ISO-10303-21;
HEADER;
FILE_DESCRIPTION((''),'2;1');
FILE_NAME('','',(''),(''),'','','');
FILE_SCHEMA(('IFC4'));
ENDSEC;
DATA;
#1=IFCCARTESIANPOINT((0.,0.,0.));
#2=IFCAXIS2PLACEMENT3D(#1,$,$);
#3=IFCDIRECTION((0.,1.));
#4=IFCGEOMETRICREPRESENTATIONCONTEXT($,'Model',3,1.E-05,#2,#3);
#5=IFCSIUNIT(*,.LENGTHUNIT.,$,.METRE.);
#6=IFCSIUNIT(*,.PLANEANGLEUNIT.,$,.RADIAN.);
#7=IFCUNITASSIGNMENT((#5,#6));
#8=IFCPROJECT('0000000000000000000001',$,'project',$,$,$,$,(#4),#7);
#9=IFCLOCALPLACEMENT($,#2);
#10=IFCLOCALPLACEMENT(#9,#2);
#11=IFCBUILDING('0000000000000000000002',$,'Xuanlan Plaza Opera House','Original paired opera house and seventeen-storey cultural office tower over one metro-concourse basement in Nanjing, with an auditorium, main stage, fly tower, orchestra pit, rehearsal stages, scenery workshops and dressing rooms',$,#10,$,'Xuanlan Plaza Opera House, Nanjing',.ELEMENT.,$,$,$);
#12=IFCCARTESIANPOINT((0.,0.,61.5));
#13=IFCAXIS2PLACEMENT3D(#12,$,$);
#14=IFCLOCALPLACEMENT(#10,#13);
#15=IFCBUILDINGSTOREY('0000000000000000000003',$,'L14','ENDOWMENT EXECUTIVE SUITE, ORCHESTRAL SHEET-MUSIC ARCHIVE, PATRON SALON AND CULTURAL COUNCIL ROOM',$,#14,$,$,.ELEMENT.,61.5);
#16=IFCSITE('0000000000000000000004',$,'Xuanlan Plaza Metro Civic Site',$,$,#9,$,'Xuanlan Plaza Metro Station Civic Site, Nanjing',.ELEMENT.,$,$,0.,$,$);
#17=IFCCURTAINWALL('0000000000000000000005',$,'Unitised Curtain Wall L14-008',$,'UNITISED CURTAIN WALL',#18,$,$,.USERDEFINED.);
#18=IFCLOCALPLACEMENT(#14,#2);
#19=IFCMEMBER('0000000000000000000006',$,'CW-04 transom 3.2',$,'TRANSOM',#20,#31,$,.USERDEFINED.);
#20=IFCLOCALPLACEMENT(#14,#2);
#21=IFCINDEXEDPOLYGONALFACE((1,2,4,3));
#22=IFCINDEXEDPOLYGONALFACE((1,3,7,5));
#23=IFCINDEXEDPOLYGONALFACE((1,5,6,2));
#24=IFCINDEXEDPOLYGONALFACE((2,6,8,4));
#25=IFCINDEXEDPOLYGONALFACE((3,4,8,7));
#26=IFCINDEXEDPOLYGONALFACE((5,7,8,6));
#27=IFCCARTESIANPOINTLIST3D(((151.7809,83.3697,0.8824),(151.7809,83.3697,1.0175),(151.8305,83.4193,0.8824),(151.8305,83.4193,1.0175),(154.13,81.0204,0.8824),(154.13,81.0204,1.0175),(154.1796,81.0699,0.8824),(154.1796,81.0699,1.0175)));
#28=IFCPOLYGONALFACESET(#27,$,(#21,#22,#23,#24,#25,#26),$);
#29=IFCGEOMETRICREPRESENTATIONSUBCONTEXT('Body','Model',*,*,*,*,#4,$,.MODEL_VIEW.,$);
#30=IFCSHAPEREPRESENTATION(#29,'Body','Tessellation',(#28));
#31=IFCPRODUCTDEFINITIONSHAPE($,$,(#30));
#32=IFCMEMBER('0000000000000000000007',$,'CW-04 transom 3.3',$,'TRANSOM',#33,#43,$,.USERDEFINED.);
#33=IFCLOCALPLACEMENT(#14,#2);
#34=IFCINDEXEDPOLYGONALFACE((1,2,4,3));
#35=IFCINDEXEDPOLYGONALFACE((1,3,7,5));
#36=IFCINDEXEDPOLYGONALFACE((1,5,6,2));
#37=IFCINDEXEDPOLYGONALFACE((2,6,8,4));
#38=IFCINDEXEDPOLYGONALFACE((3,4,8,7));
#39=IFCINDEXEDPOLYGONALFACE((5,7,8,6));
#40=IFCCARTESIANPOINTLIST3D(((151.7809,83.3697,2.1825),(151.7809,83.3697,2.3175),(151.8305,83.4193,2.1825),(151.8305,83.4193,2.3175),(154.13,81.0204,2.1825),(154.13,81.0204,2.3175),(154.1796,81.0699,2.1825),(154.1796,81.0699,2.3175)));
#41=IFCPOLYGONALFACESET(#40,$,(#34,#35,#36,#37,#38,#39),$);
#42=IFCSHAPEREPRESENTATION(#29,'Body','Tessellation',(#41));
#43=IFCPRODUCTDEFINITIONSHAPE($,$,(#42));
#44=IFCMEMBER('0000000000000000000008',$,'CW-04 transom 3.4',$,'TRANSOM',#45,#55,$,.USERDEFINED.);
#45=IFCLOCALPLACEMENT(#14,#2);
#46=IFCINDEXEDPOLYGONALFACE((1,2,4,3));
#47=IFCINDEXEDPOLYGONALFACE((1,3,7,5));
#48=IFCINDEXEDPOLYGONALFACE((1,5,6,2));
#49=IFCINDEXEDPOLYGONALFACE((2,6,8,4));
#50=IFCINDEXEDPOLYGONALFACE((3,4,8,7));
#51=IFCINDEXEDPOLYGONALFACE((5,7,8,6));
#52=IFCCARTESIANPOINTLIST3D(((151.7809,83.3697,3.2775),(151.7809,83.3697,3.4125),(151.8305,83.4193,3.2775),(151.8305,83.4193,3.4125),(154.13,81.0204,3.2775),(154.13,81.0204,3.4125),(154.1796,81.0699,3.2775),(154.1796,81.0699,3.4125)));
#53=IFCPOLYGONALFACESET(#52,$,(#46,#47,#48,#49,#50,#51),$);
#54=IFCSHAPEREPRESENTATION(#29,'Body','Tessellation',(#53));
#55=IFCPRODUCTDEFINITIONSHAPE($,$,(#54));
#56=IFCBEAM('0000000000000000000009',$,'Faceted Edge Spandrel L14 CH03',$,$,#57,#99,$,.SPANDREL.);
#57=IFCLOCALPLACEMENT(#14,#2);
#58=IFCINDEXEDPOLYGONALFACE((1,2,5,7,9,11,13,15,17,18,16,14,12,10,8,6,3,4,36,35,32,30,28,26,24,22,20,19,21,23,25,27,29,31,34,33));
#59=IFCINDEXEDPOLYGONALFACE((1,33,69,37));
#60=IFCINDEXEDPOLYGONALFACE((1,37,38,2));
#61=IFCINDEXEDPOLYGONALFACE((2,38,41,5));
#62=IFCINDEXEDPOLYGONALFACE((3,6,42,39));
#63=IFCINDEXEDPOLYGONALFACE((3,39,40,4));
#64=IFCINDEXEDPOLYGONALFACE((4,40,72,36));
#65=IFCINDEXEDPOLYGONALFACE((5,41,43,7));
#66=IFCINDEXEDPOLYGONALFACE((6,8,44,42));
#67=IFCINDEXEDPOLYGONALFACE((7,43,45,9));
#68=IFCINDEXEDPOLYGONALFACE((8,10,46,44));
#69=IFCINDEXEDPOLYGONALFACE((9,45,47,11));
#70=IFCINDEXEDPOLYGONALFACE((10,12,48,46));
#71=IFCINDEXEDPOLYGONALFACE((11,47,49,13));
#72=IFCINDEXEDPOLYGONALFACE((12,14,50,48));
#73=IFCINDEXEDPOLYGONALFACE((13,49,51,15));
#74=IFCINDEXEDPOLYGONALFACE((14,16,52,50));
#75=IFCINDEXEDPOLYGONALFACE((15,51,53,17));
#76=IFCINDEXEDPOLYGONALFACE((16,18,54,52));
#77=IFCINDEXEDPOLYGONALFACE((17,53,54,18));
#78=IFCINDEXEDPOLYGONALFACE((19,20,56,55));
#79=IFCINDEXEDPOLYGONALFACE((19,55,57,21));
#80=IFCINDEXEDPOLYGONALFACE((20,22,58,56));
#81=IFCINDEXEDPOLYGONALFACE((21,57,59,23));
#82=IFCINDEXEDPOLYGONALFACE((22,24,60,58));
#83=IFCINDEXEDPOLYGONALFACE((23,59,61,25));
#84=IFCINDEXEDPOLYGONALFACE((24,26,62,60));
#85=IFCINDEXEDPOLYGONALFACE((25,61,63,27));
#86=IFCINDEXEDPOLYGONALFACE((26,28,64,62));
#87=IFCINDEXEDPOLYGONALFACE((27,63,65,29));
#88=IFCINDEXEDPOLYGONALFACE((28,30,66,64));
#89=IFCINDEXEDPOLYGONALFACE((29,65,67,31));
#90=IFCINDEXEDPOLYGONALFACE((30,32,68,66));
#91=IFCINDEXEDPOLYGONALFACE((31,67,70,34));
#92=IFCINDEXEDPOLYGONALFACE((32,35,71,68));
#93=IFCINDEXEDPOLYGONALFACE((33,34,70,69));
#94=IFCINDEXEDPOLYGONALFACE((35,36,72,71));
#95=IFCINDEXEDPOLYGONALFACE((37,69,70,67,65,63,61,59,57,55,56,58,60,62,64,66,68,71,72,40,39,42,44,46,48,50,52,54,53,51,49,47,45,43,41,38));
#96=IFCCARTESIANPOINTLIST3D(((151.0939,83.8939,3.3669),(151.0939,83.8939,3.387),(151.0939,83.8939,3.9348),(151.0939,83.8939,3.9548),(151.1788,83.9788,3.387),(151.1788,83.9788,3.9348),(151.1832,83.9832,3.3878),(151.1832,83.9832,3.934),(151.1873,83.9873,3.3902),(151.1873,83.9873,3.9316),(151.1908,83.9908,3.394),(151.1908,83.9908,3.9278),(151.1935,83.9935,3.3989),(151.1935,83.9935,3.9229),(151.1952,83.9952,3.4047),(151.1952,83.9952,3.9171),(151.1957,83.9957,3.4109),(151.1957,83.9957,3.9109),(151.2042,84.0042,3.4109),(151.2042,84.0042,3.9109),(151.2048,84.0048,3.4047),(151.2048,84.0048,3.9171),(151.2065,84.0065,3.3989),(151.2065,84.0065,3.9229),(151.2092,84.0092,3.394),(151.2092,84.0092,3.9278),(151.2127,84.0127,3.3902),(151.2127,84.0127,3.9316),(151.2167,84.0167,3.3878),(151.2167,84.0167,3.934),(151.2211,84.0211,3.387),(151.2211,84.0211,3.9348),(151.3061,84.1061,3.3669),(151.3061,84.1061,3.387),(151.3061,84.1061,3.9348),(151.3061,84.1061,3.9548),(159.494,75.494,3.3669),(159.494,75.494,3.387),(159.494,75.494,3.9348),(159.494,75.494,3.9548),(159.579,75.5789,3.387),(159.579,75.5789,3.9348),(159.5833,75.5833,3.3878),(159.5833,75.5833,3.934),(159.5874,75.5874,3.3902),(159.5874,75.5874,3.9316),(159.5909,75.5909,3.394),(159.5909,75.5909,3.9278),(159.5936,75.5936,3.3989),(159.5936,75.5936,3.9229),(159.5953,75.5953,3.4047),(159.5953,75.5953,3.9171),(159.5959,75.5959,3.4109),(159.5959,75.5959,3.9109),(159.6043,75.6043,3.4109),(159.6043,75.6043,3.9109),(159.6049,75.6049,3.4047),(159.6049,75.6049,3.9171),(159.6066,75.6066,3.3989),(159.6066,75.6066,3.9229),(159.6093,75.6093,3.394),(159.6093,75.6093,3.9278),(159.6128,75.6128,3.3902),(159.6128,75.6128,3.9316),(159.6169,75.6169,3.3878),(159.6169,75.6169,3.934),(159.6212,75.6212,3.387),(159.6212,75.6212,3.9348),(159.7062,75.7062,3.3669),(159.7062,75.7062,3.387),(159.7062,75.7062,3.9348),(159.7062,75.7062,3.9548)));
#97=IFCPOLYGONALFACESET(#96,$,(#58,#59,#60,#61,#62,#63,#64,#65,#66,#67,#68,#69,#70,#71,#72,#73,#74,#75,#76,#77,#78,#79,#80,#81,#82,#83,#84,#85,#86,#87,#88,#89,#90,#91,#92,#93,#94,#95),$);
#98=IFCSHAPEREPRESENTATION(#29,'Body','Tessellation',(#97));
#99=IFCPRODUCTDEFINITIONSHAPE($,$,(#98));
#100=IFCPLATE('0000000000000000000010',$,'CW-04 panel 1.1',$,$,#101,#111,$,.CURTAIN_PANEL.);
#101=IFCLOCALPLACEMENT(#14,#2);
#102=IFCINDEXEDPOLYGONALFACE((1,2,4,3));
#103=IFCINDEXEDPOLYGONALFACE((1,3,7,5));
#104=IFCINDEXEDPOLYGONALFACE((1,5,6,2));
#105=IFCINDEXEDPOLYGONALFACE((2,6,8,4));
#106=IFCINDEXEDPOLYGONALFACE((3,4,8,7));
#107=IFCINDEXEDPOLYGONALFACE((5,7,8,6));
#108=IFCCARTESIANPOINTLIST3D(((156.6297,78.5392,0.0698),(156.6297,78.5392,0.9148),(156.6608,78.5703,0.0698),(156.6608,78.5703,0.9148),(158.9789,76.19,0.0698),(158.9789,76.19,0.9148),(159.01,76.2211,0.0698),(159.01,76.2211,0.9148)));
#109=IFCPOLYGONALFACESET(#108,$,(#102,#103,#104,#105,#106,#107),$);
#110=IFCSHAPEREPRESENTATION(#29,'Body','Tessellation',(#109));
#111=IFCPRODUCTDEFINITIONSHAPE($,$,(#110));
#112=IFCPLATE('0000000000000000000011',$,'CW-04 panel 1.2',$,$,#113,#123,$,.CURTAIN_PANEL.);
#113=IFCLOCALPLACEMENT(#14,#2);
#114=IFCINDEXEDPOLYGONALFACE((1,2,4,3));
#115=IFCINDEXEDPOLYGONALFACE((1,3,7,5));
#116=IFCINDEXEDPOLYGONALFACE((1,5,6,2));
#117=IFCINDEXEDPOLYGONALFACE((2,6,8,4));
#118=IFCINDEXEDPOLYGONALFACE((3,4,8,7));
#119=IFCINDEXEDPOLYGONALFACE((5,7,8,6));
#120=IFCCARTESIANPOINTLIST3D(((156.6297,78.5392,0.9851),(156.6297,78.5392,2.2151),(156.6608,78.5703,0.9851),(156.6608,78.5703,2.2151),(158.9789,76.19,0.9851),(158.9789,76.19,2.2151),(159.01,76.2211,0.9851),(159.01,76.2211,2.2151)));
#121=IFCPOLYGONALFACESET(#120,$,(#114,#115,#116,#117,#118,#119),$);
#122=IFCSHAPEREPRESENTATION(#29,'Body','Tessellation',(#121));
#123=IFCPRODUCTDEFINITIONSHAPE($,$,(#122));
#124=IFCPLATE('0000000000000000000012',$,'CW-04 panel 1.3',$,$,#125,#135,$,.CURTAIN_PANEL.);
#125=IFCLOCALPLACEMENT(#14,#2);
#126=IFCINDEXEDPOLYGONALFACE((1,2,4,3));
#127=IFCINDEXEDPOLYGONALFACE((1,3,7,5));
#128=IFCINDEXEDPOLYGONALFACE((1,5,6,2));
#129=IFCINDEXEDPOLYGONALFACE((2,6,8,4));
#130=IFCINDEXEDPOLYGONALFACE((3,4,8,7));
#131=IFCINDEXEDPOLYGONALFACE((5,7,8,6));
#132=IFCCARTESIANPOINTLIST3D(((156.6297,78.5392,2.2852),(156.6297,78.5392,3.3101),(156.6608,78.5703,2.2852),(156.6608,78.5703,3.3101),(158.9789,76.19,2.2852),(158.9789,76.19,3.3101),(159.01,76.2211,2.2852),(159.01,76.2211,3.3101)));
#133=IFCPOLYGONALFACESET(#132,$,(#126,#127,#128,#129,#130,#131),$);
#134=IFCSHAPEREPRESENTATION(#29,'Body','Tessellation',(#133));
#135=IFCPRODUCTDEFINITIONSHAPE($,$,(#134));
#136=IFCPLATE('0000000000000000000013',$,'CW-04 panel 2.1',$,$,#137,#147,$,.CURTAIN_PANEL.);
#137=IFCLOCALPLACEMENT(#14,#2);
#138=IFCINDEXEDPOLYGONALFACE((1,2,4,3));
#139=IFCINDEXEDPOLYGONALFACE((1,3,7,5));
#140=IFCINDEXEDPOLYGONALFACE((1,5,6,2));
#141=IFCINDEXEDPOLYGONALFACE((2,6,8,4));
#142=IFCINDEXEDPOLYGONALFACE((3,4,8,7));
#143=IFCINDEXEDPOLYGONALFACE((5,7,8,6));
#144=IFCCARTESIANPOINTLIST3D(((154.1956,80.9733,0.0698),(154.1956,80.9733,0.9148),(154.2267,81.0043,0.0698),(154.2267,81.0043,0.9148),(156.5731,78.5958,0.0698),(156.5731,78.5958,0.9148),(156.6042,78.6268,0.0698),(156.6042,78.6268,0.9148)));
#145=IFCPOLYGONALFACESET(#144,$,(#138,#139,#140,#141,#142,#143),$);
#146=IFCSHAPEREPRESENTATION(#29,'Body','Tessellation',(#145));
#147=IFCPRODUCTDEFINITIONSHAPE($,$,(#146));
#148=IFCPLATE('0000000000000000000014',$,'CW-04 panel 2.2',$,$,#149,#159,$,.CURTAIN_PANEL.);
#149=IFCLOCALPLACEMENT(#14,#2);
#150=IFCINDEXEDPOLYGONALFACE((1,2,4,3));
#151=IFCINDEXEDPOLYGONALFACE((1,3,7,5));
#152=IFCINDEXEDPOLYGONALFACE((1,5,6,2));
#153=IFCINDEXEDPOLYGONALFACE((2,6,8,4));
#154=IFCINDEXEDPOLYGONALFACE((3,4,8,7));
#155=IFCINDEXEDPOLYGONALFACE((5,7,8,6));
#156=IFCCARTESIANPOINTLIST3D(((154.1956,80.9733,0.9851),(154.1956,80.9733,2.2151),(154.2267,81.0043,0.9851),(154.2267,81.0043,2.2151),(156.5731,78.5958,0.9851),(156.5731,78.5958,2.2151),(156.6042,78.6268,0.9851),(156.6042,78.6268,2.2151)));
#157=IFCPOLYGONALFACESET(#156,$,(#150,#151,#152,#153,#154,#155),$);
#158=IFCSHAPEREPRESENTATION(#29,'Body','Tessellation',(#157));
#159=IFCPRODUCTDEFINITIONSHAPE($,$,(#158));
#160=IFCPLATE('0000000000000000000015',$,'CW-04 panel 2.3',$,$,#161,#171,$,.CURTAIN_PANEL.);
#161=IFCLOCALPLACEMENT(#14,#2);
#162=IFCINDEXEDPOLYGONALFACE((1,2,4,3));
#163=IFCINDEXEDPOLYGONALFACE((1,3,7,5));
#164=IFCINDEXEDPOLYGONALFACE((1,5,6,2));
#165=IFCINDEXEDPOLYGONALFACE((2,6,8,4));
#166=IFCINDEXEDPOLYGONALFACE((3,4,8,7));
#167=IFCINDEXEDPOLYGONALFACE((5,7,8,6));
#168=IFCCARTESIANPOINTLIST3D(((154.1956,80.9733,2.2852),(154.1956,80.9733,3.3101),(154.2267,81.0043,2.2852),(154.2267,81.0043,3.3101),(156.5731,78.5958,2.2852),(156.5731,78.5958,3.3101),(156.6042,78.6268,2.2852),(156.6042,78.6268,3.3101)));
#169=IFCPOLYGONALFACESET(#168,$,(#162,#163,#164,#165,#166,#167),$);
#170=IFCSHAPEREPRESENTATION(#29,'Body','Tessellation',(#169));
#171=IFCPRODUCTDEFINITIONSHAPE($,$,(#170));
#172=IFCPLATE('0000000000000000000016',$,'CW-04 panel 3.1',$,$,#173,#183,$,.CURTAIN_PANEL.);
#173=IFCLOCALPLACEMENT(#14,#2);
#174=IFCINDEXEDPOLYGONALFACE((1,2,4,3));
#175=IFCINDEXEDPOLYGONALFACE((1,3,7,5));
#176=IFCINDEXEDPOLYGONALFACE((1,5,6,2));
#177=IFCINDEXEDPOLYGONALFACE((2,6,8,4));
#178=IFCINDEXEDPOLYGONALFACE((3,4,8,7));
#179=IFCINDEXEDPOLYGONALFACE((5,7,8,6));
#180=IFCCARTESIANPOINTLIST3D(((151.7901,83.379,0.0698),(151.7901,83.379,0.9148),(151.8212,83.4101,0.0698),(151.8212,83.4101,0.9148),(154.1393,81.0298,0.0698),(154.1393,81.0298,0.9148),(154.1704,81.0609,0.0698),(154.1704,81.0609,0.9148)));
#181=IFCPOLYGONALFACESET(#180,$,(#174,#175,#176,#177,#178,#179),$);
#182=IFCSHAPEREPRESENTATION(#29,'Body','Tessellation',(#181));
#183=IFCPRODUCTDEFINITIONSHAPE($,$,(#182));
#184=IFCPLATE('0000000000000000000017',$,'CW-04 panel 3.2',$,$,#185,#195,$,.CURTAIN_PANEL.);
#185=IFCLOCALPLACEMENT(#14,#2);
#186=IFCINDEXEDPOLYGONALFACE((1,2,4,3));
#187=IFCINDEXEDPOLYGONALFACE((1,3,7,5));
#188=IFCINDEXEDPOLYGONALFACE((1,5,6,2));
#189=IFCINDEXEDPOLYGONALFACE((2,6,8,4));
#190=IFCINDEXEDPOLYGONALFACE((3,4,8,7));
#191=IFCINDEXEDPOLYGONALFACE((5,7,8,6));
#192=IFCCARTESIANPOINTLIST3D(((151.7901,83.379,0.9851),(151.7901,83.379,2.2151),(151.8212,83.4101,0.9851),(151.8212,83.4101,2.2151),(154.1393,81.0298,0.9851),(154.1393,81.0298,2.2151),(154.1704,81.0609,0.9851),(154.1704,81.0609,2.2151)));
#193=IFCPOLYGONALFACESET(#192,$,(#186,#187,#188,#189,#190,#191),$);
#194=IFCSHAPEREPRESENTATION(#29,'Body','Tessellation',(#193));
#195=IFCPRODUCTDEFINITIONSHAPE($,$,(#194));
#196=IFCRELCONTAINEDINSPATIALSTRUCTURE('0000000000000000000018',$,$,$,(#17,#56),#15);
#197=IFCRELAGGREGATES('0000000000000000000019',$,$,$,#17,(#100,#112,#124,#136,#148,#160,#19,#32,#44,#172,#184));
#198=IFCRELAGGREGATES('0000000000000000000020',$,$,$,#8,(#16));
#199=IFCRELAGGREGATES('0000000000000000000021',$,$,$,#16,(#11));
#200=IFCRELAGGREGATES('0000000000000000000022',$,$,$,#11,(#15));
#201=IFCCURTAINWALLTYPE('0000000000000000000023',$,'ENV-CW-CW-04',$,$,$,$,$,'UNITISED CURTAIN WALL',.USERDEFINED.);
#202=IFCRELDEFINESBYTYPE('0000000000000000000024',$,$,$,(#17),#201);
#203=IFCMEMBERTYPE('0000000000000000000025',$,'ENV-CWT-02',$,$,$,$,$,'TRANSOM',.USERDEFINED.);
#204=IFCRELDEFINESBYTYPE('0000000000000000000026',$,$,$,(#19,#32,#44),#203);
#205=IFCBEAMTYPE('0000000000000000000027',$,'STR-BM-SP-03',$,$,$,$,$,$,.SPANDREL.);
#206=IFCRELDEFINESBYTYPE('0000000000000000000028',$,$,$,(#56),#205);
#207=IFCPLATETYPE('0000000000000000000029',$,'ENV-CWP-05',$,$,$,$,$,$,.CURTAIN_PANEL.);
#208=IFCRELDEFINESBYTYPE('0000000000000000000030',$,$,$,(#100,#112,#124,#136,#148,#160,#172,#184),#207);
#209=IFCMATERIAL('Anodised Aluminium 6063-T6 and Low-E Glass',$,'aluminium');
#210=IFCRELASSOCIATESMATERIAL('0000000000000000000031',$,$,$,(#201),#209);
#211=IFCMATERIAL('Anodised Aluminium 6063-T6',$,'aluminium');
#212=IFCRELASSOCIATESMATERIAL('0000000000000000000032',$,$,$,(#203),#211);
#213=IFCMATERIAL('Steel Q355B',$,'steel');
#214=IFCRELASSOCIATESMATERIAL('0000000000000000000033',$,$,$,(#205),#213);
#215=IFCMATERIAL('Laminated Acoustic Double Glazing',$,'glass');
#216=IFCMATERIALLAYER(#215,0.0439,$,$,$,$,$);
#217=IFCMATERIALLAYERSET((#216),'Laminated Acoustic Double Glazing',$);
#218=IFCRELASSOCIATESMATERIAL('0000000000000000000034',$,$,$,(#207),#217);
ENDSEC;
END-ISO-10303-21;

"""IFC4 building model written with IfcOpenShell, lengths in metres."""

from ifc_helpers import new_model, si_unit, direction, frame, origin, origin_2d, place, context, subcontext, project, spatial, rectangle, i_section, extrude, material, layer, layer_set, material_profile, profile_set, type_object, element, aggregate, save


model = new_model("IFC4")

# Units and contexts
model_context = context("Model", 3, precision=1e-05, world=origin(), true_north=direction((0.0, 1.0)))
body_context = subcontext(model_context, "Body", "Model", "MODEL_VIEW")
ifc_project = project(units=[si_unit("LENGTHUNIT", "METRE"), si_unit("PLANEANGLEUNIT", "RADIAN")], contexts=[model_context])

# Site, building, storey
site_placement = place(None, origin())
site = spatial("IfcSite", under=ifc_project, at=site_placement, Name="Xuanlan Plaza Metro Civic Site", LongName="Xuanlan Plaza Metro Station Civic Site, Nanjing", CompositionType="ELEMENT", RefElevation=0.0)
building_placement = place(site_placement, origin())
building = spatial("IfcBuilding", under=site, at=building_placement, Name="Xuanlan Plaza Opera House", Description="Original paired opera house and seventeen-storey cultural office tower over one metro-concourse basement in Nanjing, with an auditorium, main stage, fly tower, orchestra pit, rehearsal stages, scenery workshops and dressing rooms", LongName="Xuanlan Plaza Opera House, Nanjing", CompositionType="ELEMENT")
storey_placement = place(building_placement, frame((0.0, 0.0, 61.5)))
storey = spatial("IfcBuildingStorey", under=building, at=storey_placement, Name="L14", Description="ENDOWMENT EXECUTIVE SUITE, ORCHESTRAL SHEET-MUSIC ARCHIVE, PATRON SALON AND CULTURAL COUNCIL ROOM", CompositionType="ELEMENT", Elevation=61.5)

# Curtain wall, members
ifc_material_1 = material(Name="Anodised Aluminium 6063-T6 and Low-E Glass", Category="aluminium")
curtain_wall_type = type_object("IfcCurtainWallType", Name="ENV-CW-CW-04", ElementType="UNITISED CURTAIN WALL", PredefinedType="USERDEFINED", material=ifc_material_1)
curtain_wall_placement = place(storey_placement, origin())
curtain_wall = element("IfcCurtainWall", 1, at=curtain_wall_placement, inside=storey, type_object=curtain_wall_type, Name="Unitised Curtain Wall L14-008", ObjectType="UNITISED CURTAIN WALL", PredefinedType="USERDEFINED")
ifc_material_2 = material(Name="Anodised Aluminium 6063-T6", Category="aluminium")
ifc_material_profile_1 = material_profile(ifc_material_2, rectangle(XDim=0.0701, YDim=0.135, at=origin_2d()), Name="ALU-T 70x135")
ifc_profile_set_1 = profile_set([ifc_material_profile_1], Name="Anodised Aluminium 6063-T6")
member_type_1 = type_object("IfcMemberType", Name="ENV-CWT-02", ElementType="TRANSOM", PredefinedType="USERDEFINED", material=ifc_profile_set_1)
member_1_placement = place(storey_placement, frame((154.1548, 81.0452, 0.95), z_axis=(-0.70707, 0.707144, 0.0), x_axis=(-0.707144, -0.70707, 0.0)))
member_1 = element("IfcMember", 2, at=member_1_placement, type_object=member_type_1, Name="CW-04 transom 3.2", ObjectType="TRANSOM", PredefinedType="USERDEFINED", context=body_context, shape_type="SweptSolid", body=[
    extrude(rectangle(XDim=0.0701, YDim=0.135, at=origin_2d()), origin(), (0.0, 0.0, 1.0), 3.3223),
])
member_2_placement = place(storey_placement, frame((154.1548, 81.0452, 2.25), z_axis=(-0.70707, 0.707144, 0.0), x_axis=(-0.707144, -0.70707, 0.0)))
member_2 = element("IfcMember", 3, at=member_2_placement, type_object=member_type_1, Name="CW-04 transom 3.3", ObjectType="TRANSOM", PredefinedType="USERDEFINED", context=body_context, shape_type="SweptSolid", body=[
    extrude(rectangle(XDim=0.0701, YDim=0.135, at=origin_2d()), origin(), (0.0, 0.0, 1.0), 3.3223),
])
member_3_placement = place(storey_placement, frame((154.1548, 81.0452, 3.345), z_axis=(-0.70707, 0.707144, 0.0), x_axis=(-0.707144, -0.70707, 0.0)))
member_3 = element("IfcMember", 4, at=member_3_placement, type_object=member_type_1, Name="CW-04 transom 3.4", ObjectType="TRANSOM", PredefinedType="USERDEFINED", context=body_context, shape_type="SweptSolid", body=[
    extrude(rectangle(XDim=0.0701, YDim=0.135, at=origin_2d()), origin(), (0.0, 0.0, 1.0), 3.3223),
])

# Beam
ifc_material_3 = material(Name="Steel Q355B", Category="steel")
ifc_material_profile_2 = material_profile(ifc_material_3, i_section(OverallWidth=0.3, OverallDepth=0.5879, WebThickness=0.012, FlangeThickness=0.02, FilletRadius=0.0239, at=origin_2d()), Name="HM 588x300x12x20")
ifc_profile_set_2 = profile_set([ifc_material_profile_2], Name="Steel Q355B")
beam_type = type_object("IfcBeamType", Name="STR-BM-SP-03", PredefinedType="SPANDREL", material=ifc_profile_set_2)
beam_placement = place(storey_placement, frame((159.6001, 75.6001, 3.6609), z_axis=(-0.707117, 0.707097, 0.0), x_axis=(-0.707097, -0.707117, 0.0)))
element("IfcBeam", 5, at=beam_placement, inside=storey, type_object=beam_type, Name="Faceted Edge Spandrel L14 CH03", PredefinedType="SPANDREL", context=body_context, shape_type="SweptSolid", body=[
    extrude(i_section(OverallWidth=0.3, OverallDepth=0.5879, WebThickness=0.012, FlangeThickness=0.02, FilletRadius=0.0239, at=origin_2d()), origin(), (0.0, 0.0, 1.0), 11.8794),
])

# Plates
ifc_material_4 = material(Name="Laminated Acoustic Double Glazing", Category="glass")
ifc_layer = layer(ifc_material_4, 0.0439)
ifc_layer_set = layer_set([ifc_layer], Name="Laminated Acoustic Double Glazing")
plate_type = type_object("IfcPlateType", Name="ENV-CWP-05", PredefinedType="CURTAIN_PANEL", material=ifc_layer_set)
plate_1_placement = place(storey_placement, frame((157.8198, 77.3801, 0.0698), z_axis=(0.0, 0.0, 1.0), x_axis=(-0.707107, 0.707107, 0.0)))
plate_1 = element("IfcPlate", 6, at=plate_1_placement, type_object=plate_type, Name="CW-04 panel 1.1", PredefinedType="CURTAIN_PANEL", context=body_context, shape_type="SweptSolid", body=[
    extrude(rectangle(XDim=3.3223, YDim=0.0439, at=origin_2d()), origin(), (0.0, 0.0, 1.0), 0.845),
])
plate_2_placement = place(storey_placement, frame((157.8198, 77.3801, 0.9851), z_axis=(0.0, 0.0, 1.0), x_axis=(-0.707107, 0.707107, 0.0)))
plate_2 = element("IfcPlate", 7, at=plate_2_placement, type_object=plate_type, Name="CW-04 panel 1.2", PredefinedType="CURTAIN_PANEL", context=body_context, shape_type="SweptSolid", body=[
    extrude(rectangle(XDim=3.3223, YDim=0.0439, at=origin_2d()), origin(), (0.0, 0.0, 1.0), 1.23),
])
plate_3_placement = place(storey_placement, frame((157.8198, 77.3801, 2.2852), z_axis=(0.0, 0.0, 1.0), x_axis=(-0.707107, 0.707107, 0.0)))
plate_3 = element("IfcPlate", 8, at=plate_3_placement, type_object=plate_type, Name="CW-04 panel 1.3", PredefinedType="CURTAIN_PANEL", context=body_context, shape_type="SweptSolid", body=[
    extrude(rectangle(XDim=3.3223, YDim=0.0439, at=origin_2d()), origin(), (0.0, 0.0, 1.0), 1.0249),
])
plate_4_placement = place(storey_placement, frame((155.3999, 79.8, 0.0698), z_axis=(0.0, 0.0, 1.0), x_axis=(-0.707107, 0.707107, 0.0)))
plate_4 = element("IfcPlate", 9, at=plate_4_placement, type_object=plate_type, Name="CW-04 panel 2.1", PredefinedType="CURTAIN_PANEL", context=body_context, shape_type="SweptSolid", body=[
    extrude(rectangle(XDim=3.3623, YDim=0.0439, at=origin_2d()), origin(), (0.0, 0.0, 1.0), 0.845),
])
plate_5_placement = place(storey_placement, frame((155.3999, 79.8, 0.9851), z_axis=(0.0, 0.0, 1.0), x_axis=(-0.707107, 0.707107, 0.0)))
plate_5 = element("IfcPlate", 10, at=plate_5_placement, type_object=plate_type, Name="CW-04 panel 2.2", PredefinedType="CURTAIN_PANEL", context=body_context, shape_type="SweptSolid", body=[
    extrude(rectangle(XDim=3.3623, YDim=0.0439, at=origin_2d()), origin(), (0.0, 0.0, 1.0), 1.23),
])
plate_6_placement = place(storey_placement, frame((155.3999, 79.8, 2.2852), z_axis=(0.0, 0.0, 1.0), x_axis=(-0.707107, 0.707107, 0.0)))
plate_6 = element("IfcPlate", 11, at=plate_6_placement, type_object=plate_type, Name="CW-04 panel 2.3", PredefinedType="CURTAIN_PANEL", context=body_context, shape_type="SweptSolid", body=[
    extrude(rectangle(XDim=3.3623, YDim=0.0439, at=origin_2d()), origin(), (0.0, 0.0, 1.0), 1.0249),
])
plate_7_placement = place(storey_placement, frame((152.9802, 82.22, 0.0698), z_axis=(0.0, 0.0, 1.0), x_axis=(-0.707107, 0.707107, 0.0)))
plate_7 = element("IfcPlate", 12, at=plate_7_placement, type_object=plate_type, Name="CW-04 panel 3.1", PredefinedType="CURTAIN_PANEL", context=body_context, shape_type="SweptSolid", body=[
    extrude(rectangle(XDim=3.3223, YDim=0.0439, at=origin_2d()), origin(), (0.0, 0.0, 1.0), 0.845),
])
plate_8_placement = place(storey_placement, frame((152.9802, 82.22, 0.9851), z_axis=(0.0, 0.0, 1.0), x_axis=(-0.707107, 0.707107, 0.0)))
plate_8 = element("IfcPlate", 13, at=plate_8_placement, type_object=plate_type, Name="CW-04 panel 3.2", PredefinedType="CURTAIN_PANEL", context=body_context, shape_type="SweptSolid", body=[
    extrude(rectangle(XDim=3.3223, YDim=0.0439, at=origin_2d()), origin(), (0.0, 0.0, 1.0), 1.23),
])
aggregate(curtain_wall, [plate_1, plate_2, plate_3, plate_4, plate_5, plate_6, member_1, member_2, member_3, plate_7, plate_8])

save(model, "model.ifc")
